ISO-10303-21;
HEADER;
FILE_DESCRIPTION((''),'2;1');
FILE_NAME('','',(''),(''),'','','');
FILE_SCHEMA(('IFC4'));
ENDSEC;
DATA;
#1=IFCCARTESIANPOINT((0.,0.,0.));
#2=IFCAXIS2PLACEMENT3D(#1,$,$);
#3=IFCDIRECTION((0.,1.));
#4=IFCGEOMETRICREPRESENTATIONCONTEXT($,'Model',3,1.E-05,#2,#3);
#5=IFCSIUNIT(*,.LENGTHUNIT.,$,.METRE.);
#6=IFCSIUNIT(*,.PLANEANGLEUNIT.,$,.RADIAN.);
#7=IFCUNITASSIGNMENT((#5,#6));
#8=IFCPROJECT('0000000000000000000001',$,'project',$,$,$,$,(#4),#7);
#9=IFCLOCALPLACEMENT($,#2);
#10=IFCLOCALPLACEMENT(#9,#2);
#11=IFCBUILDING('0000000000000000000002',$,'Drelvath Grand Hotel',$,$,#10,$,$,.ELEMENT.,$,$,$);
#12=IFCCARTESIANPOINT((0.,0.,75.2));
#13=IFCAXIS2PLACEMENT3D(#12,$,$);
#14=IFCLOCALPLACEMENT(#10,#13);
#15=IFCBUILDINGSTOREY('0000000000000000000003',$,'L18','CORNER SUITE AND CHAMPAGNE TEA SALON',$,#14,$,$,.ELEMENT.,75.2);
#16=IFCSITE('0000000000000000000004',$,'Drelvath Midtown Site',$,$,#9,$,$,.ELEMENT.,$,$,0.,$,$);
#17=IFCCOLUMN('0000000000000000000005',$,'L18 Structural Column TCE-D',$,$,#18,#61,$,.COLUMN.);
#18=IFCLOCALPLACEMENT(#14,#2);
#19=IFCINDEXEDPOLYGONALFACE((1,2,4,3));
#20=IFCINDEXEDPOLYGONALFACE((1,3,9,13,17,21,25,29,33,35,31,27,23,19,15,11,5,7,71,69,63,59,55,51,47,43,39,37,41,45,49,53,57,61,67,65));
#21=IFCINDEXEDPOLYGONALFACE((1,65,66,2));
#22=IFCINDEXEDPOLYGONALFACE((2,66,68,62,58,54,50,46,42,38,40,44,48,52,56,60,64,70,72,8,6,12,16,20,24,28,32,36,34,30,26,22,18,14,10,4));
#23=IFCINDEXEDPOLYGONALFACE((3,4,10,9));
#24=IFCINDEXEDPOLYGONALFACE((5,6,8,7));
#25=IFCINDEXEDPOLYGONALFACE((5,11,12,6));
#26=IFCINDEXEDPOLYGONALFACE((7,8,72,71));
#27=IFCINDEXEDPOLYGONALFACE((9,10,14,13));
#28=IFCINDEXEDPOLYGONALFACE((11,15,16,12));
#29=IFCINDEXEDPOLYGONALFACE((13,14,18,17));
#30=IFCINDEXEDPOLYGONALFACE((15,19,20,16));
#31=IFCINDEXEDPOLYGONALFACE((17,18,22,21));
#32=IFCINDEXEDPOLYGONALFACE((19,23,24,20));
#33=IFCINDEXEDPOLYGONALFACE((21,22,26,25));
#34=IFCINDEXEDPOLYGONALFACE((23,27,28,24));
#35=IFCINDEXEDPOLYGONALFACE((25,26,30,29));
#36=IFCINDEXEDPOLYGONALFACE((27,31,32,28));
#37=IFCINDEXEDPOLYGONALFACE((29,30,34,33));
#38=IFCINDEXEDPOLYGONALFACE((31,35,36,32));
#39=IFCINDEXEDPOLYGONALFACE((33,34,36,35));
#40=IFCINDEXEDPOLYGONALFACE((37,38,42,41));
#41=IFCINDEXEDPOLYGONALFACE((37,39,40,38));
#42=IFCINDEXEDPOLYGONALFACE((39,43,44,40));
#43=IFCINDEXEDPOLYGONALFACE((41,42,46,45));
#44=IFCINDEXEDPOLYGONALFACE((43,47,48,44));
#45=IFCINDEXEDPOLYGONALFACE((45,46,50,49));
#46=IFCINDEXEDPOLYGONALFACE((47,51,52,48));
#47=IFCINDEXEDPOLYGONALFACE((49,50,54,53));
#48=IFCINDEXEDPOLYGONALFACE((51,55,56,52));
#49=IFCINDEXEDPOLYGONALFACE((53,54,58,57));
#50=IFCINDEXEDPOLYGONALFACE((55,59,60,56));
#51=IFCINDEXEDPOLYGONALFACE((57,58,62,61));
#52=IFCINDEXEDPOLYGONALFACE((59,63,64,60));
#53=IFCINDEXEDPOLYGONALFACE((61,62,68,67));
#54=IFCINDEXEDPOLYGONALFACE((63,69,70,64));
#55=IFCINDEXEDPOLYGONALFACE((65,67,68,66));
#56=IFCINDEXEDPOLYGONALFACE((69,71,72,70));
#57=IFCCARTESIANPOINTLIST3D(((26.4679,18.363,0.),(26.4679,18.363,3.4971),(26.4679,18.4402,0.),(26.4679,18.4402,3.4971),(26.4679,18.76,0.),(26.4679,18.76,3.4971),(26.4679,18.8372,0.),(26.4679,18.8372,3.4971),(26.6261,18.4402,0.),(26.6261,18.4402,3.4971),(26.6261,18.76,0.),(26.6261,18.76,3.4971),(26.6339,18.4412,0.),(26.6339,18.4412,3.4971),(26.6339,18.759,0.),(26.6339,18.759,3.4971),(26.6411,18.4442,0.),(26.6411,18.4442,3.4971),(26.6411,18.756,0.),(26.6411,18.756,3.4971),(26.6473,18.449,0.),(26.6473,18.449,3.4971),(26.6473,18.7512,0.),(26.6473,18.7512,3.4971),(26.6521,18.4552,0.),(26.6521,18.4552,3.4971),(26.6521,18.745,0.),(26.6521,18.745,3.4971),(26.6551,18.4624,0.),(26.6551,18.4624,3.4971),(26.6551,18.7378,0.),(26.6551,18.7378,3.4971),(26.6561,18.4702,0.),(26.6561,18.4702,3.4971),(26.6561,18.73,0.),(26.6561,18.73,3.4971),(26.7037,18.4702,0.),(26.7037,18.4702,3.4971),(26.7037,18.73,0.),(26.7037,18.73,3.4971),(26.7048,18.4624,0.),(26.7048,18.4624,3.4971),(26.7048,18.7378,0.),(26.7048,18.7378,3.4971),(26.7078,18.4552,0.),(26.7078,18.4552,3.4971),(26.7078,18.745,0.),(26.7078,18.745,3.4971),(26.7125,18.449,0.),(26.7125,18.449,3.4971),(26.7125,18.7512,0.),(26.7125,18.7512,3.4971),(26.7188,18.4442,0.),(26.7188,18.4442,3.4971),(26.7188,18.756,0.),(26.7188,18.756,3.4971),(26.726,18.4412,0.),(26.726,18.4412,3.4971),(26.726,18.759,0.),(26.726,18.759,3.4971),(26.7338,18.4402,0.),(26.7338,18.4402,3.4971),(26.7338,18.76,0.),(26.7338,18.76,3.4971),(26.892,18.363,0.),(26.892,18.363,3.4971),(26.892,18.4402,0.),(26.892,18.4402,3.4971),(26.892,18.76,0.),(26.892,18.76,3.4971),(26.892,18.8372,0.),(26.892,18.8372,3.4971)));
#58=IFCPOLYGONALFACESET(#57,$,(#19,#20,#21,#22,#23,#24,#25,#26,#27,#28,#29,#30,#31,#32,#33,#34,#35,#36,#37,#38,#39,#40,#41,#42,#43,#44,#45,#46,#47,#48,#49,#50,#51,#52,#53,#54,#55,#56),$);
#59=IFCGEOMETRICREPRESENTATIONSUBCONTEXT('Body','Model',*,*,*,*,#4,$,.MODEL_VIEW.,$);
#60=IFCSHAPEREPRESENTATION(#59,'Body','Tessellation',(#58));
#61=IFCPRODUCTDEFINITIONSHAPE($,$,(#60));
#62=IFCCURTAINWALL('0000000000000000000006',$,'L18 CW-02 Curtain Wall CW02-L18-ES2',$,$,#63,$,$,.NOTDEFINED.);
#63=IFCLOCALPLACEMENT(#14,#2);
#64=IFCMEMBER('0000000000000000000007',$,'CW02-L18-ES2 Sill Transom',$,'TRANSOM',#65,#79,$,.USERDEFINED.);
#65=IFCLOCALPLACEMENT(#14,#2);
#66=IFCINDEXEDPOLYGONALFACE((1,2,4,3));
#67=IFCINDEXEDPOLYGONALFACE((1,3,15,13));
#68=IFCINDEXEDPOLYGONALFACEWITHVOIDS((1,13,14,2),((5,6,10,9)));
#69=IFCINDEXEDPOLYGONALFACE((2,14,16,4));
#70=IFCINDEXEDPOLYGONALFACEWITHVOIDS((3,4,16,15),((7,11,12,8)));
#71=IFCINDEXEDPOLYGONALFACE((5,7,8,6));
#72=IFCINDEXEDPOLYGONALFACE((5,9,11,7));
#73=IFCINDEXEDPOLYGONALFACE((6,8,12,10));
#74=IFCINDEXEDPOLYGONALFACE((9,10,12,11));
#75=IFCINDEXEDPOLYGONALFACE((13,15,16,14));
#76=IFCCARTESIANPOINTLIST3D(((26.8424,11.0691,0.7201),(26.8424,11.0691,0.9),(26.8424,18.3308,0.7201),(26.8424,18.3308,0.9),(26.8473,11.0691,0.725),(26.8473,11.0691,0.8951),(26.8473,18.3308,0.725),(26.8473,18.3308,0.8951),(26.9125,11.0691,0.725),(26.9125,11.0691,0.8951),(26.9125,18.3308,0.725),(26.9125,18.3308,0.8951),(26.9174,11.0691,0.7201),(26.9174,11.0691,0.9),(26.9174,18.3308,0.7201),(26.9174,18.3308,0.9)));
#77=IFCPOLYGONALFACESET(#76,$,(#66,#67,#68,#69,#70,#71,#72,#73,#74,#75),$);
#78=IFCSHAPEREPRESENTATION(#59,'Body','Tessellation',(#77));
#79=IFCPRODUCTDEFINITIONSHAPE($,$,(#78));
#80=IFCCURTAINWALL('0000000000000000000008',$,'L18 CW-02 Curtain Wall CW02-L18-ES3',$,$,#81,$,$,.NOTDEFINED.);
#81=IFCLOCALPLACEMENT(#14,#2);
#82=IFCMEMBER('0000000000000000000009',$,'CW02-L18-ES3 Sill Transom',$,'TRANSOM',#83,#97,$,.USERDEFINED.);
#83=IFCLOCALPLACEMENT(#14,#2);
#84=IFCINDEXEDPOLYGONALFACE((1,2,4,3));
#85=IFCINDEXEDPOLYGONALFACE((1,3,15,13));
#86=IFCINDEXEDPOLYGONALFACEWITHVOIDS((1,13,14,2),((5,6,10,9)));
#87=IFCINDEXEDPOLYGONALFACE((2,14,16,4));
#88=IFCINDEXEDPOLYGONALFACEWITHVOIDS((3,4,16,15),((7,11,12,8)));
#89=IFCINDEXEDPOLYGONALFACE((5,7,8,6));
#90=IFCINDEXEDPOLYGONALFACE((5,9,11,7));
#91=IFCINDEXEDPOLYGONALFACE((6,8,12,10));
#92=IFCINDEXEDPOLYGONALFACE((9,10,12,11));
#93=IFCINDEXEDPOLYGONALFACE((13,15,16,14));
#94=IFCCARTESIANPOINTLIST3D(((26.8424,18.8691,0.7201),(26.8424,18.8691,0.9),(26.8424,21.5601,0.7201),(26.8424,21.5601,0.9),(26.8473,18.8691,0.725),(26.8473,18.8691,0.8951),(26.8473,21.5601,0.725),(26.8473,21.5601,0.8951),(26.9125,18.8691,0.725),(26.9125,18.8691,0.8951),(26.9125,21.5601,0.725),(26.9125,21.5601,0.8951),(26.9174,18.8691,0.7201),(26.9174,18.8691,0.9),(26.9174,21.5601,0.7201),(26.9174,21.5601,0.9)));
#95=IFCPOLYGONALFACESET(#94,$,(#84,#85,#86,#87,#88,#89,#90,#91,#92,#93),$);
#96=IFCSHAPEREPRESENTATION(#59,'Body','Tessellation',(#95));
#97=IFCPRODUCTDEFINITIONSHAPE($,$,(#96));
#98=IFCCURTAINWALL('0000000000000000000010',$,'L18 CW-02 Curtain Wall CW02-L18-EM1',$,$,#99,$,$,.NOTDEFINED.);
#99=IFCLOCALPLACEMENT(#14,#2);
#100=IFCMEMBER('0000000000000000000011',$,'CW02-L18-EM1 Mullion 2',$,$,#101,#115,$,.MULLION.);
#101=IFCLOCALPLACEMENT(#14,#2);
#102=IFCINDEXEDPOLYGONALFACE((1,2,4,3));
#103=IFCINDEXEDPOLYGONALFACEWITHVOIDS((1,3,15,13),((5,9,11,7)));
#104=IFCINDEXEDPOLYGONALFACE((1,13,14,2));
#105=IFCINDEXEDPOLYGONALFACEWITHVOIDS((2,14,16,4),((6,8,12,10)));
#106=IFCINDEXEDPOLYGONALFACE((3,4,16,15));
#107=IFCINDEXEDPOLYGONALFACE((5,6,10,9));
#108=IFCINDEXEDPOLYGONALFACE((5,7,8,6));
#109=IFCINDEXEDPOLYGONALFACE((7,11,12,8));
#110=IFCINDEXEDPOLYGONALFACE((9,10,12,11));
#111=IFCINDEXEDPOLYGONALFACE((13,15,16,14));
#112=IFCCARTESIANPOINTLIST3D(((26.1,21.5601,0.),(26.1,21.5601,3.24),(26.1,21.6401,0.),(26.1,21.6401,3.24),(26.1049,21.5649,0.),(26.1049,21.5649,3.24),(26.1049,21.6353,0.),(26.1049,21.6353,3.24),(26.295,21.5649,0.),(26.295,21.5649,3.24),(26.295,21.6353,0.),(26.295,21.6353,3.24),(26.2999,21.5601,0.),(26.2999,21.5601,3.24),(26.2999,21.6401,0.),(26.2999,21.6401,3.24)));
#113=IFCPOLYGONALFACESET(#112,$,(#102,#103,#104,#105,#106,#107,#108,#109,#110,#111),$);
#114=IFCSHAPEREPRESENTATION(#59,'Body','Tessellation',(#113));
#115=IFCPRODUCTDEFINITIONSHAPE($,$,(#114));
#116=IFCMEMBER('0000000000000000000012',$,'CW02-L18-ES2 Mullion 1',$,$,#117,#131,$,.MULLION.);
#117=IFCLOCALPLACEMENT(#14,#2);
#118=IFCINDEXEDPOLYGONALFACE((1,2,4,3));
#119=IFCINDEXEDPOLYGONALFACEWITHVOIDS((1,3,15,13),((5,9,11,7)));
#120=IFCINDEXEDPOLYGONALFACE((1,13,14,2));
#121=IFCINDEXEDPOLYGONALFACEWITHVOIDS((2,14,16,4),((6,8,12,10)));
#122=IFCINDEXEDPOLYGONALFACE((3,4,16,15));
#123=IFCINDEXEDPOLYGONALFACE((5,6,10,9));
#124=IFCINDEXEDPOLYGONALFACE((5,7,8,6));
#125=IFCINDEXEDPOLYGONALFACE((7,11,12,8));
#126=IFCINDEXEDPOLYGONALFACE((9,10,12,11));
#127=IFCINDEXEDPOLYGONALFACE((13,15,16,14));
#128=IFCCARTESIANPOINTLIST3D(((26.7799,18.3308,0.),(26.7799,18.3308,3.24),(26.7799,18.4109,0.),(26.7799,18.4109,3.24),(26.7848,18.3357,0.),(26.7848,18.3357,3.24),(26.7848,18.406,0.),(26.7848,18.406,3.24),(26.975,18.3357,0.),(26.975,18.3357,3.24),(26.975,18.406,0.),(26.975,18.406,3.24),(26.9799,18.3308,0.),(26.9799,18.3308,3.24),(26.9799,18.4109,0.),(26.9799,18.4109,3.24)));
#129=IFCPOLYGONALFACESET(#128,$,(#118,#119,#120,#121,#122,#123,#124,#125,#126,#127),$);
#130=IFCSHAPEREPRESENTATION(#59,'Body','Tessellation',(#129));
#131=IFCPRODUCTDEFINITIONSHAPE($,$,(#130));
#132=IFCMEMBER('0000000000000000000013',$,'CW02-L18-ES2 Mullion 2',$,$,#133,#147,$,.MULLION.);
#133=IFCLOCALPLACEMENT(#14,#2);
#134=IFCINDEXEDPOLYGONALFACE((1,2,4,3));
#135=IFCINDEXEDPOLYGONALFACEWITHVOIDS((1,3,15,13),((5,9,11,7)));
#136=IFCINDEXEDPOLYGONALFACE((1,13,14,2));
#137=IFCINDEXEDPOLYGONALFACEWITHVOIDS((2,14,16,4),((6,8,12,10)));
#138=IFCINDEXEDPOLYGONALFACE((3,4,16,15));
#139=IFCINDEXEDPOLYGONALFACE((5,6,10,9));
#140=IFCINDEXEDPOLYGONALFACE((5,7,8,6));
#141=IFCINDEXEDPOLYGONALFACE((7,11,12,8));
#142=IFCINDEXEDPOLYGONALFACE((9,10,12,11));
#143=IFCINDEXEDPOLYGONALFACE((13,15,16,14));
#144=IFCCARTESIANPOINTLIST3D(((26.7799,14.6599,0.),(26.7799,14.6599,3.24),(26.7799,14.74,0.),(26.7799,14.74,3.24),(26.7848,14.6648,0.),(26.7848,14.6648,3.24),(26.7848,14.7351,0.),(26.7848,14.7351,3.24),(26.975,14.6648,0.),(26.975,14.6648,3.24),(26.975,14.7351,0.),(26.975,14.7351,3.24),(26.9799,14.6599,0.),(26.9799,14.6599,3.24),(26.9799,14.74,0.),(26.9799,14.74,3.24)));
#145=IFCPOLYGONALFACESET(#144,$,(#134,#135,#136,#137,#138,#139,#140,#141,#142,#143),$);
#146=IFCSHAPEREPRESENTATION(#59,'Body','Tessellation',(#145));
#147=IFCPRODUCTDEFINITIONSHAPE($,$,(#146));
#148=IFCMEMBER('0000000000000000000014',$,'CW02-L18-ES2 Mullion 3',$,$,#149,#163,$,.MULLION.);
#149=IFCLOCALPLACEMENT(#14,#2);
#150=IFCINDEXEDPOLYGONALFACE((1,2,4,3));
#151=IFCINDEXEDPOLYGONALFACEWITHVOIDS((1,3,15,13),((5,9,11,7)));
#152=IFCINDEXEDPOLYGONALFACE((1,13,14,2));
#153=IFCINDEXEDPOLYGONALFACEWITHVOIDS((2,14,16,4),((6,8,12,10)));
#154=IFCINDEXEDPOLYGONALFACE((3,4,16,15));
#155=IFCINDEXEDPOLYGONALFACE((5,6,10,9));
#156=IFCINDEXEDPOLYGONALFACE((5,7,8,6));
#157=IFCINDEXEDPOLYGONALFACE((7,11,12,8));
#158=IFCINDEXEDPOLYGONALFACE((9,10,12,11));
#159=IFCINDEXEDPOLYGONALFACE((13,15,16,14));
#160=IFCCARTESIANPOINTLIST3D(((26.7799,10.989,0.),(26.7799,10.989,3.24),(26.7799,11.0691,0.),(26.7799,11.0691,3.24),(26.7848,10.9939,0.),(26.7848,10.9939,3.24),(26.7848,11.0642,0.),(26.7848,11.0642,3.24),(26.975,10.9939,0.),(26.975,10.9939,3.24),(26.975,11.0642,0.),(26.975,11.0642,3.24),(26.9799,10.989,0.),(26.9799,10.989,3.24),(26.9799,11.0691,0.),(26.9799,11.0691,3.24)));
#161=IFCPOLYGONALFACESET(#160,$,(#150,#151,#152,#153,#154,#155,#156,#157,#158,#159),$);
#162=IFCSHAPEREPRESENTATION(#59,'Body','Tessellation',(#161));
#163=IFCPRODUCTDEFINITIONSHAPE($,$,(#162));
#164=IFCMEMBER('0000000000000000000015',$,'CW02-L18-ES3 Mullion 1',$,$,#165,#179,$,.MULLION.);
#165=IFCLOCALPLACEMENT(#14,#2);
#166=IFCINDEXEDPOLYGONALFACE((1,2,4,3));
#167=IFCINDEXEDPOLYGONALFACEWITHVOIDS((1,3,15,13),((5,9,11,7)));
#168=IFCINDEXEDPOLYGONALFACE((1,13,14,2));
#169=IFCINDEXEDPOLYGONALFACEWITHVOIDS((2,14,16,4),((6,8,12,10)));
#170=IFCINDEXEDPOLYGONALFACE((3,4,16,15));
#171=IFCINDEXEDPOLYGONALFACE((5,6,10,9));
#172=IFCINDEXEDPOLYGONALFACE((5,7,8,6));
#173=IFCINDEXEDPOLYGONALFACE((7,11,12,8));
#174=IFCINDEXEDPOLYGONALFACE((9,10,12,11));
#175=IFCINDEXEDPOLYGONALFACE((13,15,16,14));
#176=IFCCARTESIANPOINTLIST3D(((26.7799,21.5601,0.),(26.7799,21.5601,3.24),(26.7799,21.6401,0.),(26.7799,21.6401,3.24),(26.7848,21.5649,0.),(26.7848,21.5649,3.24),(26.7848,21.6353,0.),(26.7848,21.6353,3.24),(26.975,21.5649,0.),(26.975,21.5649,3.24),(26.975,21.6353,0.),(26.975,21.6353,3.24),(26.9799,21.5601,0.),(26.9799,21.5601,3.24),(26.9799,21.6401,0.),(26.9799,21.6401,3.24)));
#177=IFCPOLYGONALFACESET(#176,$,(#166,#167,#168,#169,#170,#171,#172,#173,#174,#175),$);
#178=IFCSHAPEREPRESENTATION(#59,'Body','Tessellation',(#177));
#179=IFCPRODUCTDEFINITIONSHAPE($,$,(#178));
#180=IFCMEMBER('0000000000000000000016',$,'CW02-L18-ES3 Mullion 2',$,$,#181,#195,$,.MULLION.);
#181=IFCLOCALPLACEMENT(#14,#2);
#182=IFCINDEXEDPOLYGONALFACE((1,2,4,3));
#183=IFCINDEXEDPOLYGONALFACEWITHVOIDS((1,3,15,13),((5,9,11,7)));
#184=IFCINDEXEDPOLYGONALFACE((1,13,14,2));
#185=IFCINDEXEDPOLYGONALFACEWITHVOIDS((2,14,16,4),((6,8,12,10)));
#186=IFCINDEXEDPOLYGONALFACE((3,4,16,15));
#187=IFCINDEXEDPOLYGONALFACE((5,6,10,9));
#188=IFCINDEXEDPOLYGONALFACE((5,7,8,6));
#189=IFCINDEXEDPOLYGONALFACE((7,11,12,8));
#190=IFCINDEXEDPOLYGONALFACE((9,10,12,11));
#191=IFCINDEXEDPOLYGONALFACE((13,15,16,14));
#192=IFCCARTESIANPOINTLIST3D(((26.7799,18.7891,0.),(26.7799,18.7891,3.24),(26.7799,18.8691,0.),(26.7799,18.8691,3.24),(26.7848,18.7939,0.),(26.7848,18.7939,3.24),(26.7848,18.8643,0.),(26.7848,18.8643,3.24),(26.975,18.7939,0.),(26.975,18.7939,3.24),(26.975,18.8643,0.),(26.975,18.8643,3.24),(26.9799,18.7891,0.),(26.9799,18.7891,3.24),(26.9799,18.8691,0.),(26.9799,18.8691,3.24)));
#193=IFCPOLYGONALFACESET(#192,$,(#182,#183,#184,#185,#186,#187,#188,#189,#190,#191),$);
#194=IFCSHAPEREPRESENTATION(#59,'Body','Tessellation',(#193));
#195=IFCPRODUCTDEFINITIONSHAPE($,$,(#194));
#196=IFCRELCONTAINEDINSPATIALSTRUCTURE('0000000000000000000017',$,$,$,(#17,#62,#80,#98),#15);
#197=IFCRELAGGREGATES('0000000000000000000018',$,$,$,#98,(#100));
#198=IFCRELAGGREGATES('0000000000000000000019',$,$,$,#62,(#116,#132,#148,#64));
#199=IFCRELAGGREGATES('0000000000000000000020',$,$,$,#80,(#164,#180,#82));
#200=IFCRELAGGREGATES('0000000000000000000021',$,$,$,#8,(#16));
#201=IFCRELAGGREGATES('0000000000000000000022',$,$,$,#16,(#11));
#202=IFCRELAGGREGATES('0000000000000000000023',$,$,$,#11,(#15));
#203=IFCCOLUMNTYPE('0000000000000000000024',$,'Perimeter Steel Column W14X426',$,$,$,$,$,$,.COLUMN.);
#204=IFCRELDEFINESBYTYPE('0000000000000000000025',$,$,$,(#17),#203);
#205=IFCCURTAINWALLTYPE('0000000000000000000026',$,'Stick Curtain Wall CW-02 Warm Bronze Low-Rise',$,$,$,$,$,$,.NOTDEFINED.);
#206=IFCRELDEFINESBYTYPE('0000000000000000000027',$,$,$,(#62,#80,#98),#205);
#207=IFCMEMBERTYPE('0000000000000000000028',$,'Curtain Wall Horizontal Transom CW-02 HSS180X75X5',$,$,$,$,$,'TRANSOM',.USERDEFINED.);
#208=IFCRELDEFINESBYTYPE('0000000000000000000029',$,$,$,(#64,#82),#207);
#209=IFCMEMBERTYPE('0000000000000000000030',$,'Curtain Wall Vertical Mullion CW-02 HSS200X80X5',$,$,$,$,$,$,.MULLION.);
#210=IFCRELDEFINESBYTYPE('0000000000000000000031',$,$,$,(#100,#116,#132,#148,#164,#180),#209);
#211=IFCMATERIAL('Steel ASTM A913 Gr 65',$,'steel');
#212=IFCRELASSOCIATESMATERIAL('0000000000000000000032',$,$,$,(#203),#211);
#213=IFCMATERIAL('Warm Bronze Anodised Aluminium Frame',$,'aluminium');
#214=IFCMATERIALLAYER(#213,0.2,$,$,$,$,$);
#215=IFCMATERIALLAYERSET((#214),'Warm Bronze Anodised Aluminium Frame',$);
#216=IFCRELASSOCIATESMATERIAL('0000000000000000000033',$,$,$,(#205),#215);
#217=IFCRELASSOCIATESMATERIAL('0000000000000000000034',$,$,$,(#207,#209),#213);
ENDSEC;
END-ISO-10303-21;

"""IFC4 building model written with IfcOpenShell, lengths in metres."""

from ifc_helpers import new_model, si_unit, direction, frame, origin, origin_2d, place, context, subcontext, project, spatial, hollow_rectangle, i_section, extrude, material, layer, layer_set, material_profile, profile_set, type_object, element, aggregate, save


model = new_model("IFC4")

# Units and contexts
model_context = context("Model", 3, precision=1e-05, world=origin(), true_north=direction((0.0, 1.0)))
body_context = subcontext(model_context, "Body", "Model", "MODEL_VIEW")
ifc_project = project(units=[si_unit("LENGTHUNIT", "METRE"), si_unit("PLANEANGLEUNIT", "RADIAN")], contexts=[model_context])

# Site, building, storey
site_placement = place(None, origin())
site = spatial("IfcSite", under=ifc_project, at=site_placement, Name="Drelvath Midtown Site", CompositionType="ELEMENT", RefElevation=0.0)
building_placement = place(site_placement, origin())
building = spatial("IfcBuilding", under=site, at=building_placement, Name="Drelvath Grand Hotel", CompositionType="ELEMENT")
storey_placement = place(building_placement, frame((0.0, 0.0, 75.2)))
storey = spatial("IfcBuildingStorey", under=building, at=storey_placement, Name="L18", Description="CORNER SUITE AND CHAMPAGNE TEA SALON", CompositionType="ELEMENT", Elevation=75.2)

# Column
ifc_material_1 = material(Name="Steel ASTM A913 Gr 65", Category="steel")
ifc_material_profile_1 = material_profile(ifc_material_1, i_section(OverallWidth=0.4241, OverallDepth=0.4741, WebThickness=0.0476, FlangeThickness=0.0771, FilletRadius=0.03, at=origin_2d()), Name="W14X426")
ifc_profile_set_1 = profile_set([ifc_material_profile_1], Name="Steel ASTM A913 Gr 65")
column_type = type_object("IfcColumnType", Name="Perimeter Steel Column W14X426", PredefinedType="COLUMN", material=ifc_profile_set_1)
column_placement = place(storey_placement, frame((26.6799, 18.6001, 0.0), z_axis=(0.0, 0.0, 1.0), x_axis=(1.0, 0.0, 0.0)))
element("IfcColumn", 1, at=column_placement, inside=storey, type_object=column_type, Name="L18 Structural Column TCE-D", PredefinedType="COLUMN", context=body_context, shape_type="SweptSolid", body=[
    extrude(i_section(OverallWidth=0.4241, OverallDepth=0.4741, WebThickness=0.0476, FlangeThickness=0.0771, FilletRadius=0.03, at=origin_2d()), origin(), (0.0, 0.0, 1.0), 3.4971),
])

# Curtain walls, members
ifc_material_2 = material(Name="Warm Bronze Anodised Aluminium Frame", Category="aluminium")
ifc_layer_1 = layer(ifc_material_2, 0.2)
ifc_layer_set_1 = layer_set([ifc_layer_1], Name="Warm Bronze Anodised Aluminium Frame")
curtain_wall_type = type_object("IfcCurtainWallType", Name="Stick Curtain Wall CW-02 Warm Bronze Low-Rise", PredefinedType="NOTDEFINED", material=ifc_layer_set_1)
curtain_wall_1_placement = place(storey_placement, origin())
curtain_wall_1 = element("IfcCurtainWall", 2, at=curtain_wall_1_placement, inside=storey, type_object=curtain_wall_type, Name="L18 CW-02 Curtain Wall CW02-L18-ES2", PredefinedType="NOTDEFINED")
ifc_material_profile_2 = material_profile(ifc_material_2, hollow_rectangle(XDim=0.075, YDim=0.1799, WallThickness=0.0049, at=origin_2d()), Name="HSS180X75X5")
ifc_profile_set_2 = profile_set([ifc_material_profile_2], Name="Warm Bronze Anodised Aluminium Frame")
member_type_1 = type_object("IfcMemberType", Name="Curtain Wall Horizontal Transom CW-02 HSS180X75X5", ElementType="TRANSOM", PredefinedType="USERDEFINED", material=ifc_profile_set_2)
member_1_placement = place(storey_placement, frame((26.8799, 18.3308, 0.8101), z_axis=(0.0, -1.0, 0.0), x_axis=(1.0, 0.0, 0.0)))
member_1 = element("IfcMember", 3, at=member_1_placement, type_object=member_type_1, Name="CW02-L18-ES2 Sill Transom", ObjectType="TRANSOM", PredefinedType="USERDEFINED", context=body_context, shape_type="SweptSolid", body=[
    extrude(hollow_rectangle(XDim=0.075, YDim=0.1799, WallThickness=0.0049, at=origin_2d()), origin(), (0.0, 0.0, 1.0), 7.2617),
])
curtain_wall_2_placement = place(storey_placement, origin())
curtain_wall_2 = element("IfcCurtainWall", 4, at=curtain_wall_2_placement, inside=storey, type_object=curtain_wall_type, Name="L18 CW-02 Curtain Wall CW02-L18-ES3", PredefinedType="NOTDEFINED")
member_2_placement = place(storey_placement, frame((26.8799, 21.5601, 0.8101), z_axis=(0.0, -1.0, 0.0), x_axis=(1.0, 0.0, 0.0)))
member_2 = element("IfcMember", 5, at=member_2_placement, type_object=member_type_1, Name="CW02-L18-ES3 Sill Transom", ObjectType="TRANSOM", PredefinedType="USERDEFINED", context=body_context, shape_type="SweptSolid", body=[
    extrude(hollow_rectangle(XDim=0.075, YDim=0.1799, WallThickness=0.0049, at=origin_2d()), origin(), (0.0, 0.0, 1.0), 2.6909),
])
curtain_wall_3_placement = place(storey_placement, origin())
curtain_wall_3 = element("IfcCurtainWall", 6, at=curtain_wall_3_placement, inside=storey, type_object=curtain_wall_type, Name="L18 CW-02 Curtain Wall CW02-L18-EM1", PredefinedType="NOTDEFINED")
ifc_material_profile_3 = material_profile(ifc_material_2, hollow_rectangle(XDim=0.0801, YDim=0.2, WallThickness=0.0049, at=origin_2d()), Name="HSS200X80X5")
ifc_profile_set_3 = profile_set([ifc_material_profile_3], Name="Warm Bronze Anodised Aluminium Frame")
member_type_2 = type_object("IfcMemberType", Name="Curtain Wall Vertical Mullion CW-02 HSS200X80X5", PredefinedType="MULLION", material=ifc_profile_set_3)
member_3_placement = place(storey_placement, frame((26.2, 21.6001, 0.0), z_axis=(0.0, 0.0, 1.0), x_axis=(0.0, 1.0, 0.0)))
member_3 = element("IfcMember", 7, at=member_3_placement, type_object=member_type_2, Name="CW02-L18-EM1 Mullion 2", PredefinedType="MULLION", context=body_context, shape_type="SweptSolid", body=[
    extrude(hollow_rectangle(XDim=0.0801, YDim=0.2, WallThickness=0.0049, at=origin_2d()), origin(), (0.0, 0.0, 1.0), 3.24),
])

# Members
member_4_placement = place(storey_placement, frame((26.8799, 18.3708, 0.0), z_axis=(0.0, 0.0, 1.0), x_axis=(0.0, 1.0, 0.0)))
member_4 = element("IfcMember", 8, at=member_4_placement, type_object=member_type_2, Name="CW02-L18-ES2 Mullion 1", PredefinedType="MULLION", context=body_context, shape_type="SweptSolid", body=[
    extrude(hollow_rectangle(XDim=0.0801, YDim=0.2, WallThickness=0.0049, at=origin_2d()), origin(), (0.0, 0.0, 1.0), 3.24),
])
member_5_placement = place(storey_placement, frame((26.8799, 14.7, 0.0), z_axis=(0.0, 0.0, 1.0), x_axis=(0.0, 1.0, 0.0)))
member_5 = element("IfcMember", 9, at=member_5_placement, type_object=member_type_2, Name="CW02-L18-ES2 Mullion 2", PredefinedType="MULLION", context=body_context, shape_type="SweptSolid", body=[
    extrude(hollow_rectangle(XDim=0.0801, YDim=0.2, WallThickness=0.0049, at=origin_2d()), origin(), (0.0, 0.0, 1.0), 3.24),
])
member_6_placement = place(storey_placement, frame((26.8799, 11.0291, 0.0), z_axis=(0.0, 0.0, 1.0), x_axis=(0.0, 1.0, 0.0)))
member_6 = element("IfcMember", 10, at=member_6_placement, type_object=member_type_2, Name="CW02-L18-ES2 Mullion 3", PredefinedType="MULLION", context=body_context, shape_type="SweptSolid", body=[
    extrude(hollow_rectangle(XDim=0.0801, YDim=0.2, WallThickness=0.0049, at=origin_2d()), origin(), (0.0, 0.0, 1.0), 3.24),
])
member_7_placement = place(storey_placement, frame((26.8799, 21.6001, 0.0), z_axis=(0.0, 0.0, 1.0), x_axis=(0.0, 1.0, 0.0)))
member_7 = element("IfcMember", 11, at=member_7_placement, type_object=member_type_2, Name="CW02-L18-ES3 Mullion 1", PredefinedType="MULLION", context=body_context, shape_type="SweptSolid", body=[
    extrude(hollow_rectangle(XDim=0.0801, YDim=0.2, WallThickness=0.0049, at=origin_2d()), origin(), (0.0, 0.0, 1.0), 3.24),
])
member_8_placement = place(storey_placement, frame((26.8799, 18.8291, 0.0), z_axis=(0.0, 0.0, 1.0), x_axis=(0.0, 1.0, 0.0)))
member_8 = element("IfcMember", 12, at=member_8_placement, type_object=member_type_2, Name="CW02-L18-ES3 Mullion 2", PredefinedType="MULLION", context=body_context, shape_type="SweptSolid", body=[
    extrude(hollow_rectangle(XDim=0.0801, YDim=0.2, WallThickness=0.0049, at=origin_2d()), origin(), (0.0, 0.0, 1.0), 3.24),
])

aggregate(curtain_wall_3, [member_3])
aggregate(curtain_wall_1, [member_4, member_5, member_6, member_1])
aggregate(curtain_wall_2, [member_7, member_8, member_2])

save(model, "model.ifc")
